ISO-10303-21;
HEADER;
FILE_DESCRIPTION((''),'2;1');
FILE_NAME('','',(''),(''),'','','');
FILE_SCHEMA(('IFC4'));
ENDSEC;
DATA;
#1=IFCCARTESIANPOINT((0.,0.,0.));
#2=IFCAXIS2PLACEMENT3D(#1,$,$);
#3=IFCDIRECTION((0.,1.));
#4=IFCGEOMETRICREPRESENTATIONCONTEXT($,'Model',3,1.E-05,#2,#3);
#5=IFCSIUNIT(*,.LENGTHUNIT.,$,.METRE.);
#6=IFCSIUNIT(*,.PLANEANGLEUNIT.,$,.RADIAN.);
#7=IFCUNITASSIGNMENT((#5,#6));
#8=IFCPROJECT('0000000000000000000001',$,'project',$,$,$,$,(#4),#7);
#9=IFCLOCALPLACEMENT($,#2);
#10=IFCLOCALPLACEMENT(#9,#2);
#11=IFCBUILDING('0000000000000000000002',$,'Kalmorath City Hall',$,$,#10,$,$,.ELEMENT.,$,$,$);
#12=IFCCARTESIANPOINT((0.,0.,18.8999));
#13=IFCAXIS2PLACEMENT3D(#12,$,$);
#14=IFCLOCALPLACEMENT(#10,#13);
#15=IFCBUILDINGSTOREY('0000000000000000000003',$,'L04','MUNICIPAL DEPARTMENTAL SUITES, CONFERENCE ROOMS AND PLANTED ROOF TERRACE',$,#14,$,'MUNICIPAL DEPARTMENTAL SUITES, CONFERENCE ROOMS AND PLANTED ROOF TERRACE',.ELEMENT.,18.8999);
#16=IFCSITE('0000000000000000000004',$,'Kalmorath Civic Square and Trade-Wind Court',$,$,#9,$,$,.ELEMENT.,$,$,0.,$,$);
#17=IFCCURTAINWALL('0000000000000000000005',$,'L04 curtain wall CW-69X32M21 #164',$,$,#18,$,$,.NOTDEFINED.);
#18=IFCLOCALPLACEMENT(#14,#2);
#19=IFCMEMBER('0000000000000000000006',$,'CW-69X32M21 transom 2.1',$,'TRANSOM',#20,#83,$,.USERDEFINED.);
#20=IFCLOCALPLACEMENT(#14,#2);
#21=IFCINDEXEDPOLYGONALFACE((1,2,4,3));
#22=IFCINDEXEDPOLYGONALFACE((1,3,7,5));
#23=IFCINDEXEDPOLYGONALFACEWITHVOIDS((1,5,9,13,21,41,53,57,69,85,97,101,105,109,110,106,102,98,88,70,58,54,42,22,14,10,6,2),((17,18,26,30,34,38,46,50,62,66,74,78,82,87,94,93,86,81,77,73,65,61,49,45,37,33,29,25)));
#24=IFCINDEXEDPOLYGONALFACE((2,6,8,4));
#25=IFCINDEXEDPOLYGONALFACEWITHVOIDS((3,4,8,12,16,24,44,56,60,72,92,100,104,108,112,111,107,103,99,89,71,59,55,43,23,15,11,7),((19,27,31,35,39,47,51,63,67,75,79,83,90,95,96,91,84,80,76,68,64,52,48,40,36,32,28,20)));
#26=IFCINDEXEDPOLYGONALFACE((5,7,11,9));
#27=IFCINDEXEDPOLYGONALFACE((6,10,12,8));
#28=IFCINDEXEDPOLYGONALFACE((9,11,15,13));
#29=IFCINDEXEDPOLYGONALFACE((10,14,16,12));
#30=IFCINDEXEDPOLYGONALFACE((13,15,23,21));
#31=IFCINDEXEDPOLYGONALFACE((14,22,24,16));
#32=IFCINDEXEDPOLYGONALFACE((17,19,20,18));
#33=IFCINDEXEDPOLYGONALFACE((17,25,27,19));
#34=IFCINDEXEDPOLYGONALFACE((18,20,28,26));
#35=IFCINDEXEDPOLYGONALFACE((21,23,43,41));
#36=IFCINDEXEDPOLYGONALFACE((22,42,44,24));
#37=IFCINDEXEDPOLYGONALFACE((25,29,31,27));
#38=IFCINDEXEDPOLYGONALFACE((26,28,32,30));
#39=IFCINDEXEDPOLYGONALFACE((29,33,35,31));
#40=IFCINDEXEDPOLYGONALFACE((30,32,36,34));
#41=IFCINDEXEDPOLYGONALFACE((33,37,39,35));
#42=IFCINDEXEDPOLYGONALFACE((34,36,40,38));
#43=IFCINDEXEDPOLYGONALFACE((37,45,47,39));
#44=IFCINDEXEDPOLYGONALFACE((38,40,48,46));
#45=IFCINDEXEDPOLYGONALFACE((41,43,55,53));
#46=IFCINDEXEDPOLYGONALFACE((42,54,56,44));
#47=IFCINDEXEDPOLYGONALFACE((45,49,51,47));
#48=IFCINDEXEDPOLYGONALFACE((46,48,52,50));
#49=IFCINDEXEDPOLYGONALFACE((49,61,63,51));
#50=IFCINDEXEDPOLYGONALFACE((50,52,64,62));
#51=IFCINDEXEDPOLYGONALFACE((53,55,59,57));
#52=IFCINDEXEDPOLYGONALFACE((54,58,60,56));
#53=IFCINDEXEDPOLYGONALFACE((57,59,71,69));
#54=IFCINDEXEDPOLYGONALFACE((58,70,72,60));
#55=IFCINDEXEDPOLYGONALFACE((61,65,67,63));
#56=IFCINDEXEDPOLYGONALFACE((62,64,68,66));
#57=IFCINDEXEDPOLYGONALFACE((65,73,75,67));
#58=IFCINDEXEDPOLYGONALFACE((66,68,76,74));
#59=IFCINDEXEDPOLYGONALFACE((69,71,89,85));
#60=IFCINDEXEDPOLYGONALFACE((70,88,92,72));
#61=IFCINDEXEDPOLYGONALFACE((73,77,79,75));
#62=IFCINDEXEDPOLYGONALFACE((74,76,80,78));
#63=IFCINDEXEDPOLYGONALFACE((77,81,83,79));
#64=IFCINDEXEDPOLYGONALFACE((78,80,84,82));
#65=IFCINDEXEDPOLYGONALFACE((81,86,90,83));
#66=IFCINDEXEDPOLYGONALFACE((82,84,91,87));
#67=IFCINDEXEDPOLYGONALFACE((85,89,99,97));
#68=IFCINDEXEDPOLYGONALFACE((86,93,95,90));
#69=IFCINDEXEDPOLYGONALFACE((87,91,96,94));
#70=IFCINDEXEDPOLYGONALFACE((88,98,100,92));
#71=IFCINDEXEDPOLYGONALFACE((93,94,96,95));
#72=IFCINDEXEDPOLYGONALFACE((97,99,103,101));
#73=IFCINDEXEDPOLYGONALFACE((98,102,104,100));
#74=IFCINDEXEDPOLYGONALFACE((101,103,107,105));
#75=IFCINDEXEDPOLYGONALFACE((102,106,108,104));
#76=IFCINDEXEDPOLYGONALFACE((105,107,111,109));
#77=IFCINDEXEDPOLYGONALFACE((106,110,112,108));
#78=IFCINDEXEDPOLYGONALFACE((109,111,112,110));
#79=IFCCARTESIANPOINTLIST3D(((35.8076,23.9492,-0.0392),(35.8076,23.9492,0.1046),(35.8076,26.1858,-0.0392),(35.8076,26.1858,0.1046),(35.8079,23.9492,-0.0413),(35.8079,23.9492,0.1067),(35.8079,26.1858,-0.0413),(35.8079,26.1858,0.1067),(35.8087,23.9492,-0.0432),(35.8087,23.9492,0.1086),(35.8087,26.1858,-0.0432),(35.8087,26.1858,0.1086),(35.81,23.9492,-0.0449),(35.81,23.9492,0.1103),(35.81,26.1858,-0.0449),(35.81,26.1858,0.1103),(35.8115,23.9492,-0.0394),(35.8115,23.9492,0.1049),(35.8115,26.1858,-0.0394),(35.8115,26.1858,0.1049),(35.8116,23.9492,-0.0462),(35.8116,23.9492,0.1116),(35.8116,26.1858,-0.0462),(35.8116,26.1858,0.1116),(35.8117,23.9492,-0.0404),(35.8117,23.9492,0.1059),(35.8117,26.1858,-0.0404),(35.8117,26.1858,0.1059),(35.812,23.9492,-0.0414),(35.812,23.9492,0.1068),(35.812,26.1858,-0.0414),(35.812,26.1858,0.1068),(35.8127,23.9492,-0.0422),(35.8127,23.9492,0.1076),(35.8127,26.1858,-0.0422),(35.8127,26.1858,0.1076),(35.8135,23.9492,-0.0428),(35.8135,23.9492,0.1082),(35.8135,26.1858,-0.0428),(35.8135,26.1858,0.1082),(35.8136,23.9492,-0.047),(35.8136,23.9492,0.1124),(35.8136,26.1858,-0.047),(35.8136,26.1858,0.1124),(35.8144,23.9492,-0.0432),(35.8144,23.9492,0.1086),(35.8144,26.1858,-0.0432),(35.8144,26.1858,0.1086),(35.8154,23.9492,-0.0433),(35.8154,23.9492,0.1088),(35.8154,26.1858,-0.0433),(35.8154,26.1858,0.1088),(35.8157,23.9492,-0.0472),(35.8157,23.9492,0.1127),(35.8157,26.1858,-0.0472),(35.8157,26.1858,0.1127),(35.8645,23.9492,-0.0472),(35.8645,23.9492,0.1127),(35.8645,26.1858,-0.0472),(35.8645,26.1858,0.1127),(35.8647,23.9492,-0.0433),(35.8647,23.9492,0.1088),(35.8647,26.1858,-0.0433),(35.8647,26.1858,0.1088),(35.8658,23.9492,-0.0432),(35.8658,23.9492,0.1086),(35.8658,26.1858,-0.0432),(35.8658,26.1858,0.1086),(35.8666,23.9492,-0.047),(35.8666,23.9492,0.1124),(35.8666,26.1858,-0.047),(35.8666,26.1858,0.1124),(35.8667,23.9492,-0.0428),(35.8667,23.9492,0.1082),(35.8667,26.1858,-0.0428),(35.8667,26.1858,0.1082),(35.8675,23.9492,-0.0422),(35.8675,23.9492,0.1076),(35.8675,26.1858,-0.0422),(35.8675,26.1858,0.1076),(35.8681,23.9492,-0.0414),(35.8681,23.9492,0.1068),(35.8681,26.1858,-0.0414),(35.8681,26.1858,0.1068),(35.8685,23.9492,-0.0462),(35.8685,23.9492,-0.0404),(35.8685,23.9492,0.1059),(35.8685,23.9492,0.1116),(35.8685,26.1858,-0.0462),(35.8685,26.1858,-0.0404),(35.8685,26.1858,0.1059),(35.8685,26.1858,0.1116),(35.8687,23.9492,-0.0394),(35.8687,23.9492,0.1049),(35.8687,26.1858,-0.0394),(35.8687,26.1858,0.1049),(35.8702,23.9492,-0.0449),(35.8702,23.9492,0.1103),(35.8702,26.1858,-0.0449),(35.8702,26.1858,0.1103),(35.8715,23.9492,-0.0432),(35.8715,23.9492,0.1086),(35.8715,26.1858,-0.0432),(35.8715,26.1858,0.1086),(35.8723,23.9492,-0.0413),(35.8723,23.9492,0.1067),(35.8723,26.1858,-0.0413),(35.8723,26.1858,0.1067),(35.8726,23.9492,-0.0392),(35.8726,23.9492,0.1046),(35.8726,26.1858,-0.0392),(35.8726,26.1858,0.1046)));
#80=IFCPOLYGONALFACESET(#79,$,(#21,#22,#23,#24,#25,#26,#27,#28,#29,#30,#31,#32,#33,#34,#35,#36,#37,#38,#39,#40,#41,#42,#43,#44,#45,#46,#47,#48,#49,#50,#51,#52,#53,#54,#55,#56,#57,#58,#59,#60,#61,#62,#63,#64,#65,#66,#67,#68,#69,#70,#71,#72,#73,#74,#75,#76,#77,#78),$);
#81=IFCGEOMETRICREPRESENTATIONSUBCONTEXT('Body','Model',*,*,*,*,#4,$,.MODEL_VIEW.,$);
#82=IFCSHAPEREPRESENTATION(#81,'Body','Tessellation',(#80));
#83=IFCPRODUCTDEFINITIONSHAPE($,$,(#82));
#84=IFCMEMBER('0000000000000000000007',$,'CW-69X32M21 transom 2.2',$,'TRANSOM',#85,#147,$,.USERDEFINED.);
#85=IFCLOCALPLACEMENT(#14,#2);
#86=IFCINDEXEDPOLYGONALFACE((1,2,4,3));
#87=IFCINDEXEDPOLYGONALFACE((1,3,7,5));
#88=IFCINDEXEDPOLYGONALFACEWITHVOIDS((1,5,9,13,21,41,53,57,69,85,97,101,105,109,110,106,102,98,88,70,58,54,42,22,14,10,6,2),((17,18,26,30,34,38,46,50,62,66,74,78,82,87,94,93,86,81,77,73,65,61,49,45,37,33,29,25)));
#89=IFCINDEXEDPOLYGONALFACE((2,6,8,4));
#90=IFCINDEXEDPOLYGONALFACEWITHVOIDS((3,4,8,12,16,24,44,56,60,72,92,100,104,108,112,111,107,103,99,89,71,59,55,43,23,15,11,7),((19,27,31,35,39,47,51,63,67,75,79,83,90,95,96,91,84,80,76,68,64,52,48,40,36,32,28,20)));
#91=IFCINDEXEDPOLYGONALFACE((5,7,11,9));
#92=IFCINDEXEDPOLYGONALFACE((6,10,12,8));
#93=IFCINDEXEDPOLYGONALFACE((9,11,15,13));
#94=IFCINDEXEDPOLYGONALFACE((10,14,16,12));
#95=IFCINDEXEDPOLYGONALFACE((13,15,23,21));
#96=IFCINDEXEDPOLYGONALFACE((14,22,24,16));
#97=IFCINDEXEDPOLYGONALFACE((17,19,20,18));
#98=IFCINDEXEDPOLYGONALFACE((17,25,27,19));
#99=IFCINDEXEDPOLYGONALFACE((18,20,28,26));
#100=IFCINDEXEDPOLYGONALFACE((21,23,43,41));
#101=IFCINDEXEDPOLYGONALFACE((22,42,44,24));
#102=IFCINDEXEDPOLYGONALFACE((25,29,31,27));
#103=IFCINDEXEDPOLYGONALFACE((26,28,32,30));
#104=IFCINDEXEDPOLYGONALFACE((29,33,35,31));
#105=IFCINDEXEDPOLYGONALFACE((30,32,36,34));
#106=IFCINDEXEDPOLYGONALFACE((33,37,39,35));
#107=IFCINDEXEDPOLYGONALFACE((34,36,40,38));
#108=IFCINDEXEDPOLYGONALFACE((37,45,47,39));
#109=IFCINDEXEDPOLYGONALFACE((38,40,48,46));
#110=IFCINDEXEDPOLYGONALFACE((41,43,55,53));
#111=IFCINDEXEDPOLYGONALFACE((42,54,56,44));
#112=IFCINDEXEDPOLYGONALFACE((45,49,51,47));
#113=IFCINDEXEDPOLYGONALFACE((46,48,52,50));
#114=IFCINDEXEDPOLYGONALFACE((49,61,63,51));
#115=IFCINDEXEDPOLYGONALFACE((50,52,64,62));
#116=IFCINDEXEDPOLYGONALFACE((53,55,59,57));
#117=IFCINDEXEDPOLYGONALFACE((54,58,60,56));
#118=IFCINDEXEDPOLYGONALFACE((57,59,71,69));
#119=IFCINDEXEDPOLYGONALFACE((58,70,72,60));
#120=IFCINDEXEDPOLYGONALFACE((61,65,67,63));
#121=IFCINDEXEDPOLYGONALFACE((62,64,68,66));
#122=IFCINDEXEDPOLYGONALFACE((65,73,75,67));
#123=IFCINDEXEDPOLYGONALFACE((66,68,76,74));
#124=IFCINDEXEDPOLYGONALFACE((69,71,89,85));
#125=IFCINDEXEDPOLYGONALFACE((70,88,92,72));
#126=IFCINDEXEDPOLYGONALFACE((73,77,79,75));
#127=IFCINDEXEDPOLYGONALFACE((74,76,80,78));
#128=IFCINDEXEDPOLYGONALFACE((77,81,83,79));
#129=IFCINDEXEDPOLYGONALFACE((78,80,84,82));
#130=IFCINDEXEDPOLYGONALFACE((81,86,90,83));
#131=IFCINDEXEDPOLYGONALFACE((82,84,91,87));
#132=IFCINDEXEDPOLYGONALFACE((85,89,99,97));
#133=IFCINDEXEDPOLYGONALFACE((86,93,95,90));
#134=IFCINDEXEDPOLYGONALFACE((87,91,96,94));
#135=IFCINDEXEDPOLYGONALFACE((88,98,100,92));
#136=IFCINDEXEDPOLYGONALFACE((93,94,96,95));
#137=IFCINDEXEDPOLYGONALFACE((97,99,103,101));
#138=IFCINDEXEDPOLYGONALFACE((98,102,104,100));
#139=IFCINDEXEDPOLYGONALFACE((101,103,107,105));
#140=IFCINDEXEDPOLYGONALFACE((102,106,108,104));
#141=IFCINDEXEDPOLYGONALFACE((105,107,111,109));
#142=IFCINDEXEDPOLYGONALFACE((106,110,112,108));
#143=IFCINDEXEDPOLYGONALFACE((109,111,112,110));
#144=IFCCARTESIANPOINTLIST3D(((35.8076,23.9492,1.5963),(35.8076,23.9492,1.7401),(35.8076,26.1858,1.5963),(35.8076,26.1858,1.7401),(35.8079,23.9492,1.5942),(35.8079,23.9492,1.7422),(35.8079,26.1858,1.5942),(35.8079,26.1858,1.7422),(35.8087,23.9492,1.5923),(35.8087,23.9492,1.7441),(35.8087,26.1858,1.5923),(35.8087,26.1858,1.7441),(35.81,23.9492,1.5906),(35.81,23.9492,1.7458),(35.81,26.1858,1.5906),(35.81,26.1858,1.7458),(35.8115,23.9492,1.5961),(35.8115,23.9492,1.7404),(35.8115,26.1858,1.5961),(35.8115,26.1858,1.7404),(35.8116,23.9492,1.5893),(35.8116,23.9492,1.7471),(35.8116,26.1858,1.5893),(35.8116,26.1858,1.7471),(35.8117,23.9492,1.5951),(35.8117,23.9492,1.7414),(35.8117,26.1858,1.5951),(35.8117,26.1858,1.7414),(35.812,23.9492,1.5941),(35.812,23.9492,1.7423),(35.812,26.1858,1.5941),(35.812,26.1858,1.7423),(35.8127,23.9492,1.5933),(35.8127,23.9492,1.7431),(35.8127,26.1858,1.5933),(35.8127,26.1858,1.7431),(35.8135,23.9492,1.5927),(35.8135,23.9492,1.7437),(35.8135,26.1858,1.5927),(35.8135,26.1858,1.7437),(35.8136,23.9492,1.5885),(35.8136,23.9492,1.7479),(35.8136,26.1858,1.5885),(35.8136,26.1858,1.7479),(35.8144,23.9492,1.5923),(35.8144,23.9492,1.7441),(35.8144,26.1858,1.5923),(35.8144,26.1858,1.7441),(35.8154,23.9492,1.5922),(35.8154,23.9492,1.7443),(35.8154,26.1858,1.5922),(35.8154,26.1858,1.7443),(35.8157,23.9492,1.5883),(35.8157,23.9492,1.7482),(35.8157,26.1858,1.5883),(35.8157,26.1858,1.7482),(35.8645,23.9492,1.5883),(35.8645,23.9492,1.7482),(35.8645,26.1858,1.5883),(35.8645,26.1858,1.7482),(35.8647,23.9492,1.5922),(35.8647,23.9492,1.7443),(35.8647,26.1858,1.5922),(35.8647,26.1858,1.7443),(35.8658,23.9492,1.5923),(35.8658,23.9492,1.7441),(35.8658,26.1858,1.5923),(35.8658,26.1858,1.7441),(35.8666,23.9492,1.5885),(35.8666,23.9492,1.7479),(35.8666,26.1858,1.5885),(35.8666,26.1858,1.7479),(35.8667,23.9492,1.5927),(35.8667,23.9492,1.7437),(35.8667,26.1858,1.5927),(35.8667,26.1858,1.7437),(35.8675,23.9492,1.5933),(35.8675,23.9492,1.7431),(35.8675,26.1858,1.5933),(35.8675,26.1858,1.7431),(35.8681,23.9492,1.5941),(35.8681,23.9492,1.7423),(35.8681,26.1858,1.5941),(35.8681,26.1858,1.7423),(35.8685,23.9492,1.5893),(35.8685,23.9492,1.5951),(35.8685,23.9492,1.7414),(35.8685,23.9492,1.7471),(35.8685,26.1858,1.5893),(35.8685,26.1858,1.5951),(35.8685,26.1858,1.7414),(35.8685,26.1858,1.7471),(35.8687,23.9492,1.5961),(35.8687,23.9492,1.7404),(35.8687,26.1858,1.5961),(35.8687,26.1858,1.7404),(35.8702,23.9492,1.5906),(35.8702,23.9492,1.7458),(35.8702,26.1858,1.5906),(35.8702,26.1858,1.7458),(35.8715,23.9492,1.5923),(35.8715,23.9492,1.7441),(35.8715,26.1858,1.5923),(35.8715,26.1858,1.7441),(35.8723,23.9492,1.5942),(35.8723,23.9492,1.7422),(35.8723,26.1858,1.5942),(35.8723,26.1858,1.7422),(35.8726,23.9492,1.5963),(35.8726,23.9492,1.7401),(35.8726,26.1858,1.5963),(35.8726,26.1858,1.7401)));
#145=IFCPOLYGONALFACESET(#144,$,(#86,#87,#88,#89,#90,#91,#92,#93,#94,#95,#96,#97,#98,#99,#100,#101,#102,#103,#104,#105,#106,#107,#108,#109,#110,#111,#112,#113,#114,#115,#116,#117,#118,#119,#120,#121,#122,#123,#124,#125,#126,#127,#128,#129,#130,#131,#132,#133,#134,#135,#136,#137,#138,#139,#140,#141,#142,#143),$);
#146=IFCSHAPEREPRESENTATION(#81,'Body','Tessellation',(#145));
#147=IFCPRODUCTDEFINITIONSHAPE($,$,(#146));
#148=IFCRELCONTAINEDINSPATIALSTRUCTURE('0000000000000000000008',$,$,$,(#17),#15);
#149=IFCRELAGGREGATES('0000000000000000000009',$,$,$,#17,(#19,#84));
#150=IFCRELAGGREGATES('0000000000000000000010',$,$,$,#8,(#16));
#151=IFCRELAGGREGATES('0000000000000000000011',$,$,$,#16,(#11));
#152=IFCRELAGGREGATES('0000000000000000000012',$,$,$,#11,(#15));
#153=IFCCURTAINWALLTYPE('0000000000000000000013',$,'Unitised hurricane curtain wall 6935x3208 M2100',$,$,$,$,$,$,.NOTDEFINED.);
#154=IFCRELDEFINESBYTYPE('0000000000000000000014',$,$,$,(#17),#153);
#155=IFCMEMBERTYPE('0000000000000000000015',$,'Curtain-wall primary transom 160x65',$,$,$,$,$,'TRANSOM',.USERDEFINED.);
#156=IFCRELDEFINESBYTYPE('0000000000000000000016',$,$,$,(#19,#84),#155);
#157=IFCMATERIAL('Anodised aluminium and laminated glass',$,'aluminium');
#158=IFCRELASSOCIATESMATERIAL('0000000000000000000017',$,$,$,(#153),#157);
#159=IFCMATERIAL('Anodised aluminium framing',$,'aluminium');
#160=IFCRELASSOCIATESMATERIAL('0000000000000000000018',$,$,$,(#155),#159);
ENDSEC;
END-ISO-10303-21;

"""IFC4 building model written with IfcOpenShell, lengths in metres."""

from ifc_helpers import new_model, si_unit, direction, frame, origin, origin_2d, place, context, subcontext, project, spatial, hollow_rectangle, extrude, material, material_profile, profile_set, type_object, element, aggregate, save


model = new_model("IFC4")

# Units and contexts
model_context = context("Model", 3, precision=1e-05, world=origin(), true_north=direction((0.0, 1.0)))
body_context = subcontext(model_context, "Body", "Model", "MODEL_VIEW")
ifc_project = project(units=[si_unit("LENGTHUNIT", "METRE"), si_unit("PLANEANGLEUNIT", "RADIAN")], contexts=[model_context])

# Site, building, storey
site_placement = place(None, origin())
site = spatial("IfcSite", under=ifc_project, at=site_placement, Name="Kalmorath Civic Square and Trade-Wind Court", CompositionType="ELEMENT", RefElevation=0.0)
building_placement = place(site_placement, origin())
building = spatial("IfcBuilding", under=site, at=building_placement, Name="Kalmorath City Hall", CompositionType="ELEMENT")
storey_placement = place(building_placement, frame((0.0, 0.0, 18.8999)))
storey = spatial("IfcBuildingStorey", under=building, at=storey_placement, Name="L04", Description="MUNICIPAL DEPARTMENTAL SUITES, CONFERENCE ROOMS AND PLANTED ROOF TERRACE", LongName="MUNICIPAL DEPARTMENTAL SUITES, CONFERENCE ROOMS AND PLANTED ROOF TERRACE", CompositionType="ELEMENT", Elevation=18.8999)

# Curtain wall, members
ifc_material_1 = material(Name="Anodised aluminium and laminated glass", Category="aluminium")
curtain_wall_type = type_object("IfcCurtainWallType", Name="Unitised hurricane curtain wall 6935x3208 M2100", PredefinedType="NOTDEFINED", material=ifc_material_1)
curtain_wall_placement = place(storey_placement, origin())
curtain_wall = element("IfcCurtainWall", 1, at=curtain_wall_placement, inside=storey, type_object=curtain_wall_type, Name="L04 curtain wall CW-69X32M21 #164", PredefinedType="NOTDEFINED")
ifc_material_2 = material(Name="Anodised aluminium framing", Category="aluminium")
ifc_material_profile_1 = material_profile(ifc_material_2, hollow_rectangle(XDim=0.0649, YDim=0.1599, WallThickness=0.0039, InnerFilletRadius=0.0039, OuterFilletRadius=0.0081, at=origin_2d()), Name="ALU-TRN-160X65X4")
ifc_profile_set_1 = profile_set([ifc_material_profile_1], Name="Anodised aluminium framing")
member_type_1 = type_object("IfcMemberType", Name="Curtain-wall primary transom 160x65", ElementType="TRANSOM", PredefinedType="USERDEFINED", material=ifc_profile_set_1)
member_1_placement = place(storey_placement, frame((35.8401, 26.1858, 0.0327), z_axis=(0.0, -1.0, 0.0), x_axis=(1.0, 0.0, 0.0)))
member_1 = element("IfcMember", 2, at=member_1_placement, type_object=member_type_1, Name="CW-69X32M21 transom 2.1", ObjectType="TRANSOM", PredefinedType="USERDEFINED", context=body_context, shape_type="SweptSolid", body=[
    extrude(hollow_rectangle(XDim=0.0649, YDim=0.1599, WallThickness=0.0039, InnerFilletRadius=0.0039, OuterFilletRadius=0.0081, at=origin_2d()), origin(), (0.0, 0.0, 1.0), 2.2366),
])
member_2_placement = place(storey_placement, frame((35.8401, 26.1858, 1.6682), z_axis=(0.0, -1.0, 0.0), x_axis=(1.0, 0.0, 0.0)))
member_2 = element("IfcMember", 3, at=member_2_placement, type_object=member_type_1, Name="CW-69X32M21 transom 2.2", ObjectType="TRANSOM", PredefinedType="USERDEFINED", context=body_context, shape_type="SweptSolid", body=[
    extrude(hollow_rectangle(XDim=0.0649, YDim=0.1599, WallThickness=0.0039, InnerFilletRadius=0.0039, OuterFilletRadius=0.0081, at=origin_2d()), origin(), (0.0, 0.0, 1.0), 2.2366),
])

aggregate(curtain_wall, [member_1, member_2])

save(model, "model.ifc")
